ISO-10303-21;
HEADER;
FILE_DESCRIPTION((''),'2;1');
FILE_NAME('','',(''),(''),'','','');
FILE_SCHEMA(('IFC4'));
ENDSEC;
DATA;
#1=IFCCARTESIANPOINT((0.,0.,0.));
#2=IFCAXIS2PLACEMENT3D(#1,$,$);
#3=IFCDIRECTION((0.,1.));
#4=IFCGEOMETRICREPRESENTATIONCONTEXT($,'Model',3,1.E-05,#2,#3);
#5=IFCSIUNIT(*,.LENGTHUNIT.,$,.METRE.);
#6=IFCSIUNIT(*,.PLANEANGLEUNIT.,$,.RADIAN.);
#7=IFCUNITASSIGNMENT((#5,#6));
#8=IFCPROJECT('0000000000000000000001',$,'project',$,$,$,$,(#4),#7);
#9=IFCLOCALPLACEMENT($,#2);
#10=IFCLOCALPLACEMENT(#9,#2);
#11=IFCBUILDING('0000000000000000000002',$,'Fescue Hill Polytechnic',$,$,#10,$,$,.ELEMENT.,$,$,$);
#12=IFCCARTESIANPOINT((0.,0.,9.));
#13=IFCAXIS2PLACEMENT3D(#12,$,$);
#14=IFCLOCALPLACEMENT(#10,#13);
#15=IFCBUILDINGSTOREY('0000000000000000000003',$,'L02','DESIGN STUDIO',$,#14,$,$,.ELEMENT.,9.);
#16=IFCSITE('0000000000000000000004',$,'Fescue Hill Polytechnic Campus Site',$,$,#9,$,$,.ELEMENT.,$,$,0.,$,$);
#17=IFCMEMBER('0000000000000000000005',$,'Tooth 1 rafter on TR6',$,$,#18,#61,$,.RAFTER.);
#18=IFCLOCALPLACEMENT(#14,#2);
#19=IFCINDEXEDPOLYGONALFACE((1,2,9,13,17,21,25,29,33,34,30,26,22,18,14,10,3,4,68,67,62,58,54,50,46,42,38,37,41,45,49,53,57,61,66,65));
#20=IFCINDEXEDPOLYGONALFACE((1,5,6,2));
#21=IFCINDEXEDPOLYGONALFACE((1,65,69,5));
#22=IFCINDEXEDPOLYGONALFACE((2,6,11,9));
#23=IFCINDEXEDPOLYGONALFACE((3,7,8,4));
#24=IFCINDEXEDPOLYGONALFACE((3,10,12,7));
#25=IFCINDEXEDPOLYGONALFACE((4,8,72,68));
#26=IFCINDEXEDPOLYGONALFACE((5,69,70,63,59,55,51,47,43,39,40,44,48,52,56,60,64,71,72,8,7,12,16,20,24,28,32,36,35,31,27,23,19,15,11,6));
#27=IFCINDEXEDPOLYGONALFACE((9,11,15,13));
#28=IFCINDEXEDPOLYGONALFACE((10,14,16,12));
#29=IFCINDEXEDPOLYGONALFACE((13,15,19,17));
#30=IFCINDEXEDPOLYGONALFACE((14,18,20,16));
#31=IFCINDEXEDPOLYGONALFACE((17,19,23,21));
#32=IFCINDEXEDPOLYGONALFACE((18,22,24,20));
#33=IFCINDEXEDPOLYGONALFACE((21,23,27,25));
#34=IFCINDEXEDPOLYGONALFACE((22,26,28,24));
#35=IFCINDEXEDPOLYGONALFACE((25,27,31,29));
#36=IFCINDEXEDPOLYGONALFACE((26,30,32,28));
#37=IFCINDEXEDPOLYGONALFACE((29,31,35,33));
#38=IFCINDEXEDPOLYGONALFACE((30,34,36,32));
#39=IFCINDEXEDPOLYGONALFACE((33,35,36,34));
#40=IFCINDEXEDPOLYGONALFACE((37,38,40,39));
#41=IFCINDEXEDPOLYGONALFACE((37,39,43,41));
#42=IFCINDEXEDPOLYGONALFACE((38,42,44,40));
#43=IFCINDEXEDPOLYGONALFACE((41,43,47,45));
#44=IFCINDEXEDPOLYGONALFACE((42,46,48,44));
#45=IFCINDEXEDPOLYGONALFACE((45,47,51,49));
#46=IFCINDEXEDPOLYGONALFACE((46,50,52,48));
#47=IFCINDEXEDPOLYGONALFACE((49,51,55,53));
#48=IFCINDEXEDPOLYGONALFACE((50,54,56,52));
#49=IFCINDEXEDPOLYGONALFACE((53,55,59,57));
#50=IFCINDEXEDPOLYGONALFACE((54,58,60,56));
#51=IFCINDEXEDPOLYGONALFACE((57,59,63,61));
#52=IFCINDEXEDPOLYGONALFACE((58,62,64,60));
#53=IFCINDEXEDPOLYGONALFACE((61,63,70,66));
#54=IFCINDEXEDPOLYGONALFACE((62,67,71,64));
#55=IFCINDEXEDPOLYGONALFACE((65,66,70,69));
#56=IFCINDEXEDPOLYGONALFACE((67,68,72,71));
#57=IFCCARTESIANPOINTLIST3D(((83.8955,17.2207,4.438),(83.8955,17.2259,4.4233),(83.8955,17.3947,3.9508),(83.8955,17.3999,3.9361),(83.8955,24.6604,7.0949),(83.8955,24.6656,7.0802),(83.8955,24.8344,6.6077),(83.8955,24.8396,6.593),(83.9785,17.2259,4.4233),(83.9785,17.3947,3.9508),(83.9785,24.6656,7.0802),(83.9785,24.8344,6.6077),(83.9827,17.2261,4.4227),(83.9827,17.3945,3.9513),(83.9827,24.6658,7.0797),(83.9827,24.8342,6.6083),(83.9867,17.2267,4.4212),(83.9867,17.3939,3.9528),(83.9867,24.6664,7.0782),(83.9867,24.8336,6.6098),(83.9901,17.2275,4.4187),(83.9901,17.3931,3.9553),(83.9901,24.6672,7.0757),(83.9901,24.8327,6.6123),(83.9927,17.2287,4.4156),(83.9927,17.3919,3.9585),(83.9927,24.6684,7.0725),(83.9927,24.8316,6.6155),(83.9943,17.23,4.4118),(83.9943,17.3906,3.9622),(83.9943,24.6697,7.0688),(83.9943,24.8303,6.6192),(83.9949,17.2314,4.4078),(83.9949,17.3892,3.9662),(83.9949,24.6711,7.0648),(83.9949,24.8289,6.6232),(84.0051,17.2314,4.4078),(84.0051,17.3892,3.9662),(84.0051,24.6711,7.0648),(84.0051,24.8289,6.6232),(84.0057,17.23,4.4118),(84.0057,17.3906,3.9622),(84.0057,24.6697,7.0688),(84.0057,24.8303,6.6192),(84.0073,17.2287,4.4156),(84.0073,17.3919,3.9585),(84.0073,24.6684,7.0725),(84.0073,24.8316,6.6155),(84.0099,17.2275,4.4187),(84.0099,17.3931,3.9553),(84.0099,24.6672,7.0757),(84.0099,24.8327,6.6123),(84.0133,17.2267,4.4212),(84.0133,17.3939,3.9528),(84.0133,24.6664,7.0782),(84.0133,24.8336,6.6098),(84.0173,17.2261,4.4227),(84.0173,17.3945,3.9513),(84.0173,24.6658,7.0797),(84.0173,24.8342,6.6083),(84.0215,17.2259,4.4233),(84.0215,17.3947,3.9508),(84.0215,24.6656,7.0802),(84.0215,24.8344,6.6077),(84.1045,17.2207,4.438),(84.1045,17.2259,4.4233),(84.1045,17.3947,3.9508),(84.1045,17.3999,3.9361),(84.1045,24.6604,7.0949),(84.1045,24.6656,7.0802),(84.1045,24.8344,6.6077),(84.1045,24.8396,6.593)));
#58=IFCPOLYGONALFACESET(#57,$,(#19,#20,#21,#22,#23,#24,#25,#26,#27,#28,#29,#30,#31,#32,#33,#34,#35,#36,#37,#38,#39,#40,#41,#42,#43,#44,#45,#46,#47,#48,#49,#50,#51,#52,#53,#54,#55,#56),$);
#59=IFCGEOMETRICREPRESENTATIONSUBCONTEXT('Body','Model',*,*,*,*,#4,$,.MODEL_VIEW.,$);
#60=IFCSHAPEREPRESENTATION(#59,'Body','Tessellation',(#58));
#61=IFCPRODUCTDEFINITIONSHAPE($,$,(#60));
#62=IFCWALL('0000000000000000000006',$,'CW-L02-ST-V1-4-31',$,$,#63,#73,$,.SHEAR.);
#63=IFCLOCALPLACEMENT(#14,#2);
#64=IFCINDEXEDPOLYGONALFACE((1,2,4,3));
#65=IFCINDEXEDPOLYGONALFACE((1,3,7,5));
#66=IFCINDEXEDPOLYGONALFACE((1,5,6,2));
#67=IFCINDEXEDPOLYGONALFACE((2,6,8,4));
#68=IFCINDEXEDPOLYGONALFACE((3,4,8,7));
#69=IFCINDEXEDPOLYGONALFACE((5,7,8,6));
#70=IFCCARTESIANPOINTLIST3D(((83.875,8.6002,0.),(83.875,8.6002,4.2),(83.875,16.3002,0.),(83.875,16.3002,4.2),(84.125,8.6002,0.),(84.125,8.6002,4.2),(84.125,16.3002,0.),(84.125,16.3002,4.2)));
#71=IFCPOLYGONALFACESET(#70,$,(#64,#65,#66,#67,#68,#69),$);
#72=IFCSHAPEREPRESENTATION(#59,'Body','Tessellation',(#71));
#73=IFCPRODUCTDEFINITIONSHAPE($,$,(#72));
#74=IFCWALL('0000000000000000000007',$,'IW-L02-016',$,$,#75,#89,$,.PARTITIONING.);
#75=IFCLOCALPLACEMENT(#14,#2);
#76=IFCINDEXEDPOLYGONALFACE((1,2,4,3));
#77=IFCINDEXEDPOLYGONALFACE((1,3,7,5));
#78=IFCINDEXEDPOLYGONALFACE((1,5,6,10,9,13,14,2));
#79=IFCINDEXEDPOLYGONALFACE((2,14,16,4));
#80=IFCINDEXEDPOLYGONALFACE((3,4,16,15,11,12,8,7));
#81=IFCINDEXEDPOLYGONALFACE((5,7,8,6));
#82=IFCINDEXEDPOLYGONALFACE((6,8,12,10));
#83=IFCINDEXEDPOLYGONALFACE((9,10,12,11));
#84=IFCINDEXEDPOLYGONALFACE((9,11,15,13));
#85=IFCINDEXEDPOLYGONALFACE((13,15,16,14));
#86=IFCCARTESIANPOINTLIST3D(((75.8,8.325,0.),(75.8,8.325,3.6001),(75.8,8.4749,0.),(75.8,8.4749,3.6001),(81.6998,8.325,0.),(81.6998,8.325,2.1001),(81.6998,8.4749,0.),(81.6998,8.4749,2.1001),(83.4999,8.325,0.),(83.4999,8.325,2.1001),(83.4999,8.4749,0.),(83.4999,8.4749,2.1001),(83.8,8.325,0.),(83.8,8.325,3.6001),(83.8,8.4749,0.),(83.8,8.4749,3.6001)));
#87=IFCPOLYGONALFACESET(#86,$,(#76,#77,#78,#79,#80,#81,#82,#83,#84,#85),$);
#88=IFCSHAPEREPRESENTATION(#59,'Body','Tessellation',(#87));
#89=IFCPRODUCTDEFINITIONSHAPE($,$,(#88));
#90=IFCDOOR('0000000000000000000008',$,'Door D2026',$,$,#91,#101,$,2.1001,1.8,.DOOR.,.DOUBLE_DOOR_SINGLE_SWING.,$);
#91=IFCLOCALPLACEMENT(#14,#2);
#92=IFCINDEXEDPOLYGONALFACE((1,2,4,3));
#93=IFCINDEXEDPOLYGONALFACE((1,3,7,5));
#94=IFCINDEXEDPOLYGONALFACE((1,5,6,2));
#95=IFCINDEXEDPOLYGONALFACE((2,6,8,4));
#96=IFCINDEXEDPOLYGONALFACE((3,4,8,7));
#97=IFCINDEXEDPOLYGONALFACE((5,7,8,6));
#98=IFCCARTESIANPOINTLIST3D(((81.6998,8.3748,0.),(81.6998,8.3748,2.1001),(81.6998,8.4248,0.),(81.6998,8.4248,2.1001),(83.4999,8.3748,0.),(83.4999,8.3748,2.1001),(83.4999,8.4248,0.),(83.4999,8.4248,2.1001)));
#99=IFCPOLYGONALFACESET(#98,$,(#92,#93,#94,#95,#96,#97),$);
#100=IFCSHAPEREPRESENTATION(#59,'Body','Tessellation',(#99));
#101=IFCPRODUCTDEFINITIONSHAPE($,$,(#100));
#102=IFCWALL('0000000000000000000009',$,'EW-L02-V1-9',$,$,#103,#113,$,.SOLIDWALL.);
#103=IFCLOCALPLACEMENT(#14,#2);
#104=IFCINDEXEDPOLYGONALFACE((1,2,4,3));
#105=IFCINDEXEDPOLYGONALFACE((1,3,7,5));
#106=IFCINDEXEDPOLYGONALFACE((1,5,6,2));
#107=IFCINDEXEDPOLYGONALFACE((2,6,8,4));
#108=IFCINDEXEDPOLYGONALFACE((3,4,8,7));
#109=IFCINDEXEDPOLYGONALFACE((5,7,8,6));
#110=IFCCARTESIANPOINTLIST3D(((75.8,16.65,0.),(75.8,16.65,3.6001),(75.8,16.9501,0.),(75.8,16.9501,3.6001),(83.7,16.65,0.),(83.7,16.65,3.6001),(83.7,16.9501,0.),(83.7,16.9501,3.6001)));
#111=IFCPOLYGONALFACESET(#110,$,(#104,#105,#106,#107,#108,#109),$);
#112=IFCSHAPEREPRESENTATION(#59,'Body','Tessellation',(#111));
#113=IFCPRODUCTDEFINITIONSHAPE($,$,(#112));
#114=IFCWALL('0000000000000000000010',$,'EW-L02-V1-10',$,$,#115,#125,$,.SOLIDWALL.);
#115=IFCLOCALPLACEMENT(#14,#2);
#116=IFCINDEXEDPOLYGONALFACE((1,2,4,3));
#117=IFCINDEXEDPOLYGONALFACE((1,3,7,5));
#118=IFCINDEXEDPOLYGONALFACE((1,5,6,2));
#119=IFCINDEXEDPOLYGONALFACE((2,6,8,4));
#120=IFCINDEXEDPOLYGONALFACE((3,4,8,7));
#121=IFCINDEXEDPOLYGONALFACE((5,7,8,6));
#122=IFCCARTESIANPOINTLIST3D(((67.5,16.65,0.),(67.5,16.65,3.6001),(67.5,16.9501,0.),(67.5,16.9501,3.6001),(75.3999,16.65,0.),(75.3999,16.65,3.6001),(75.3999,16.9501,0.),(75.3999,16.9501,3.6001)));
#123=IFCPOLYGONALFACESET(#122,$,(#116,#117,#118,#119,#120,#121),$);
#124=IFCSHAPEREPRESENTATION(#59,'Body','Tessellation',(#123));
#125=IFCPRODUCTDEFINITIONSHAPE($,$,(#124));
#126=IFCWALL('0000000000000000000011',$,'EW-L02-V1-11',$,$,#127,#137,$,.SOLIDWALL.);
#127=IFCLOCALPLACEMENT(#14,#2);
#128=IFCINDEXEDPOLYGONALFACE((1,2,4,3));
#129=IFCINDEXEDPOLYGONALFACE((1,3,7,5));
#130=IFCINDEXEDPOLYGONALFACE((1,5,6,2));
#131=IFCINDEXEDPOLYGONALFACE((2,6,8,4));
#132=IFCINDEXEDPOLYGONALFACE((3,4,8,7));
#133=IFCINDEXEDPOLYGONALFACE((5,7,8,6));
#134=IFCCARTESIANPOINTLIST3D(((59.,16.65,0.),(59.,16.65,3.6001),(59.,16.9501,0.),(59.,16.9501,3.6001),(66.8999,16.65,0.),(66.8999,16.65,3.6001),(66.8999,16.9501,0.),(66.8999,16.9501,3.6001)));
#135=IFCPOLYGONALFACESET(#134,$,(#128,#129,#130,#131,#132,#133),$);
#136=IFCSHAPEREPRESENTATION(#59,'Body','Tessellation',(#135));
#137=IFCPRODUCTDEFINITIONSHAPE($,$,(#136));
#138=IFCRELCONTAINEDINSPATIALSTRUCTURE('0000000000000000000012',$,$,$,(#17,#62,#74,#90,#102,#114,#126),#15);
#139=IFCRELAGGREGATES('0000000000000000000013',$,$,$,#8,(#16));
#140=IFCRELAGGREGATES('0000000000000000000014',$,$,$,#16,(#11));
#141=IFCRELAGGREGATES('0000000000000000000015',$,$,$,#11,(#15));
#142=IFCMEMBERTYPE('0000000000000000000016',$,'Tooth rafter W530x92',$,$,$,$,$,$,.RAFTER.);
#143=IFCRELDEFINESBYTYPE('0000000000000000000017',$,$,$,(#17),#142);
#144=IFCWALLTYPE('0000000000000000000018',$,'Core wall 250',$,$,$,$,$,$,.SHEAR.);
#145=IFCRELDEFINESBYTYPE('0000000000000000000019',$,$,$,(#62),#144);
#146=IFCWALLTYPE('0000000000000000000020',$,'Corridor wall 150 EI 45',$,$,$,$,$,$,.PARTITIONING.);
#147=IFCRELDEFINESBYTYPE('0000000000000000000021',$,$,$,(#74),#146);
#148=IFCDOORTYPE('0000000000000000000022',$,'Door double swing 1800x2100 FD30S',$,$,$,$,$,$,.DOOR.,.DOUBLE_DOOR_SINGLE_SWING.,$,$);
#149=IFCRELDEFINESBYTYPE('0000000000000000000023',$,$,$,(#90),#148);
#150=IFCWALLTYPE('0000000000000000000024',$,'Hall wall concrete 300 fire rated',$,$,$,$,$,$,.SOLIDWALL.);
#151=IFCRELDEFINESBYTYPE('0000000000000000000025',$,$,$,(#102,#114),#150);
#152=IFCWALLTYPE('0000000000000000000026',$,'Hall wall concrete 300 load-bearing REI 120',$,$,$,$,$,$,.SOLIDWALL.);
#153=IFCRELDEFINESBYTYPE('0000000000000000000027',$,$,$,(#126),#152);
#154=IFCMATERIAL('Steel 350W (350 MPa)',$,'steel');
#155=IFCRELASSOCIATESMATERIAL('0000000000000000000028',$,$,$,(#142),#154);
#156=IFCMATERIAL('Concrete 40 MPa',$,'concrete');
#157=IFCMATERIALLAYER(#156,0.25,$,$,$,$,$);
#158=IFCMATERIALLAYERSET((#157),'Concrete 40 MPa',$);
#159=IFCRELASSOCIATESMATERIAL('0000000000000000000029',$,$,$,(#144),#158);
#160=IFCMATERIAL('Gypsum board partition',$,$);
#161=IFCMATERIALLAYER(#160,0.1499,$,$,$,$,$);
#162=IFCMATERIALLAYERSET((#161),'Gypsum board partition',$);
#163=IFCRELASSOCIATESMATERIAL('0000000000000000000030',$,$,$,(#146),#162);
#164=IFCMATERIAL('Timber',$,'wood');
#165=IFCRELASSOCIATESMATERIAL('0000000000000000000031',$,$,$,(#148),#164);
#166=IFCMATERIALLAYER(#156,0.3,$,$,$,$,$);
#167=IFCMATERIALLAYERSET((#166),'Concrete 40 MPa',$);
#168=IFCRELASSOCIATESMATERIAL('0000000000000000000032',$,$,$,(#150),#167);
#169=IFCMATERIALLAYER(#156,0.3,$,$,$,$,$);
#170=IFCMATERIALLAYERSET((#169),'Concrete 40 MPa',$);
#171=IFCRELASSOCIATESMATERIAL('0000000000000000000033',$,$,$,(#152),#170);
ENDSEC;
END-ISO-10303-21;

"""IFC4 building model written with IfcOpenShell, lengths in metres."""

from ifc_helpers import new_model, si_unit, direction, frame, frame_2d, origin, origin_2d, place, context, subcontext, project, spatial, rectangle, i_section, extrude, material, layer, layer_set, material_profile, profile_set, type_object, element, fill, save


model = new_model("IFC4")

# Units and contexts
model_context = context("Model", 3, precision=1e-05, world=origin(), true_north=direction((0.0, 1.0)))
body_context = subcontext(model_context, "Body", "Model", "MODEL_VIEW")
ifc_project = project(units=[si_unit("LENGTHUNIT", "METRE"), si_unit("PLANEANGLEUNIT", "RADIAN")], contexts=[model_context])

# Site, building, storey
site_placement = place(None, origin())
site = spatial("IfcSite", under=ifc_project, at=site_placement, Name="Fescue Hill Polytechnic Campus Site", CompositionType="ELEMENT", RefElevation=0.0)
building_placement = place(site_placement, origin())
building = spatial("IfcBuilding", under=site, at=building_placement, Name="Fescue Hill Polytechnic", CompositionType="ELEMENT")
storey_placement = place(building_placement, frame((0.0, 0.0, 9.0)))
storey = spatial("IfcBuildingStorey", under=building, at=storey_placement, Name="L02", Description="DESIGN STUDIO", CompositionType="ELEMENT", Elevation=9.0)

# Shared definitions
ifc_material_1 = material(Name="Concrete 40 MPa", Category="concrete")

# Member
ifc_material_2 = material(Name="Steel 350W (350 MPa)", Category="steel")
ifc_material_profile_1 = material_profile(ifc_material_2, i_section(OverallWidth=0.209, OverallDepth=0.533, WebThickness=0.0103, FlangeThickness=0.0156, FilletRadius=0.0164, at=origin_2d()), Name="W530x92")
ifc_profile_set_1 = profile_set([ifc_material_profile_1], Name="Steel 350W (350 MPa)")
member_type_1 = type_object("IfcMemberType", Name="Tooth rafter W530x92", PredefinedType="RAFTER", material=ifc_profile_set_1)
for number, where, z_axis, x_axis, name in (
    (1, (84.0, 17.3103, 4.187), (0.0, 0.941744, 0.336331), (-1.0, 0.0, 0.0), "Tooth 1 rafter on TR6"),
):
    element("IfcMember", number, at=place(storey_placement, frame(where, z_axis=z_axis, x_axis=x_axis)), inside=storey, type_object=member_type_1, Name=name, PredefinedType="RAFTER", context=body_context, shape_type="SweptSolid", body=[
        extrude(i_section(OverallWidth=0.209, OverallDepth=0.533, WebThickness=0.0103, FlangeThickness=0.0156, FilletRadius=0.0164, at=origin_2d()), origin(), (0.0, 0.0, 1.0), 7.8999),
    ])

# Wall
ifc_layer_1 = layer(ifc_material_1, 0.25)
ifc_layer_set_1 = layer_set([ifc_layer_1], Name="Concrete 40 MPa")
wall_type_1 = type_object("IfcWallType", Name="Core wall 250", PredefinedType="SHEAR", material=ifc_layer_set_1)
wall_1_placement = place(storey_placement, frame((84.0, 8.6001, 0.0), z_axis=(0.0, 0.0, 1.0), x_axis=(0.0, 1.0, 0.0)))
element("IfcWall", 2, at=wall_1_placement, inside=storey, type_object=wall_type_1, Name="CW-L02-ST-V1-4-31", PredefinedType="SHEAR", context=body_context, shape_type="SweptSolid", body=[
    extrude(rectangle(XDim=7.7, YDim=0.25, at=frame_2d((3.8501, 0.0))), origin(), (0.0, 0.0, 1.0), 4.2),
])

# Wall, opening, door
ifc_material_3 = material(Name="Gypsum board partition")
ifc_layer_2 = layer(ifc_material_3, 0.1499)
ifc_layer_set_2 = layer_set([ifc_layer_2], Name="Gypsum board partition")
wall_type_2 = type_object("IfcWallType", Name="Corridor wall 150 EI 45", PredefinedType="PARTITIONING", material=ifc_layer_set_2)
wall_2_placement = place(storey_placement, frame((75.8, 8.3999, 0.0), z_axis=(0.0, 0.0, 1.0), x_axis=(1.0, 0.0, 0.0)))
wall_2 = element("IfcWall", 3, at=wall_2_placement, inside=storey, type_object=wall_type_2, Name="IW-L02-016", PredefinedType="PARTITIONING", context=body_context, shape_type="SweptSolid", body=[
    extrude(rectangle(XDim=8.0, YDim=0.1499, at=frame_2d((4.0, 0.0))), origin(), (0.0, 0.0, 1.0), 3.6001),
])
opening_placement = place(wall_2_placement, frame((5.8999, 0.0, 0.0)))
opening = element("IfcOpeningElement", 4, at=opening_placement, cuts=wall_2, PredefinedType="OPENING", context=body_context, shape_type="SweptSolid", body=[
    extrude(rectangle(XDim=1.8, YDim=2.1001, at=frame_2d((0.8999, 1.05))), frame((0.0, 0.085, 0.0), z_axis=(0.0, -1.0, 0.0), x_axis=(1.0, 0.0, 0.0)), (0.0, 0.0, 1.0), 0.1699),
])
ifc_material_4 = material(Name="Timber", Category="wood")
door_type = type_object("IfcDoorType", Name="Door double swing 1800x2100 FD30S", OperationType="DOUBLE_DOOR_SINGLE_SWING", PredefinedType="DOOR", material=ifc_material_4)
door_placement = place(opening_placement, origin())
door = element("IfcDoor", 5, at=door_placement, inside=storey, type_object=door_type, Name="Door D2026", OperationType="DOUBLE_DOOR_SINGLE_SWING", OverallHeight=2.1001, OverallWidth=1.8, PredefinedType="DOOR", context=body_context, shape_type="SweptSolid", body=[
    extrude(rectangle(XDim=1.8, YDim=2.1001, at=frame_2d((0.8999, 1.05))), frame((0.0, 0.0249, 0.0), z_axis=(0.0, -1.0, 0.0), x_axis=(1.0, 0.0, 0.0)), (0.0, 0.0, 1.0), 0.05),
])
fill(opening, door)

# Walls
ifc_layer_3 = layer(ifc_material_1, 0.3)
ifc_layer_set_3 = layer_set([ifc_layer_3], Name="Concrete 40 MPa")
wall_type_3 = type_object("IfcWallType", Name="Hall wall concrete 300 fire rated", PredefinedType="SOLIDWALL", material=ifc_layer_set_3)
for number, where, z_axis, x_axis, name in (
    (6, (83.7, 16.8, 0.0), (0.0, 0.0, 1.0), (-1.0, 0.0, 0.0), "EW-L02-V1-9"),
    (7, (75.3999, 16.8, 0.0), (0.0, 0.0, 1.0), (-1.0, 0.0, 0.0), "EW-L02-V1-10"),
):
    element("IfcWall", number, at=place(storey_placement, frame(where, z_axis=z_axis, x_axis=x_axis)), inside=storey, type_object=wall_type_3, Name=name, PredefinedType="SOLIDWALL", context=body_context, shape_type="SweptSolid", body=[
        extrude(rectangle(XDim=7.8999, YDim=0.3, at=frame_2d((3.95, 0.0))), origin(), (0.0, 0.0, 1.0), 3.6001),
    ])
ifc_layer_4 = layer(ifc_material_1, 0.3)
ifc_layer_set_4 = layer_set([ifc_layer_4], Name="Concrete 40 MPa")
wall_type_4 = type_object("IfcWallType", Name="Hall wall concrete 300 load-bearing REI 120", PredefinedType="SOLIDWALL", material=ifc_layer_set_4)
wall_3_placement = place(storey_placement, frame((66.8999, 16.8, 0.0), z_axis=(0.0, 0.0, 1.0), x_axis=(-1.0, 0.0, 0.0)))
element("IfcWall", 8, at=wall_3_placement, inside=storey, type_object=wall_type_4, Name="EW-L02-V1-11", PredefinedType="SOLIDWALL", context=body_context, shape_type="SweptSolid", body=[
    extrude(rectangle(XDim=7.8999, YDim=0.3, at=frame_2d((3.95, 0.0))), origin(), (0.0, 0.0, 1.0), 3.6001),
])

save(model, "model.ifc")
